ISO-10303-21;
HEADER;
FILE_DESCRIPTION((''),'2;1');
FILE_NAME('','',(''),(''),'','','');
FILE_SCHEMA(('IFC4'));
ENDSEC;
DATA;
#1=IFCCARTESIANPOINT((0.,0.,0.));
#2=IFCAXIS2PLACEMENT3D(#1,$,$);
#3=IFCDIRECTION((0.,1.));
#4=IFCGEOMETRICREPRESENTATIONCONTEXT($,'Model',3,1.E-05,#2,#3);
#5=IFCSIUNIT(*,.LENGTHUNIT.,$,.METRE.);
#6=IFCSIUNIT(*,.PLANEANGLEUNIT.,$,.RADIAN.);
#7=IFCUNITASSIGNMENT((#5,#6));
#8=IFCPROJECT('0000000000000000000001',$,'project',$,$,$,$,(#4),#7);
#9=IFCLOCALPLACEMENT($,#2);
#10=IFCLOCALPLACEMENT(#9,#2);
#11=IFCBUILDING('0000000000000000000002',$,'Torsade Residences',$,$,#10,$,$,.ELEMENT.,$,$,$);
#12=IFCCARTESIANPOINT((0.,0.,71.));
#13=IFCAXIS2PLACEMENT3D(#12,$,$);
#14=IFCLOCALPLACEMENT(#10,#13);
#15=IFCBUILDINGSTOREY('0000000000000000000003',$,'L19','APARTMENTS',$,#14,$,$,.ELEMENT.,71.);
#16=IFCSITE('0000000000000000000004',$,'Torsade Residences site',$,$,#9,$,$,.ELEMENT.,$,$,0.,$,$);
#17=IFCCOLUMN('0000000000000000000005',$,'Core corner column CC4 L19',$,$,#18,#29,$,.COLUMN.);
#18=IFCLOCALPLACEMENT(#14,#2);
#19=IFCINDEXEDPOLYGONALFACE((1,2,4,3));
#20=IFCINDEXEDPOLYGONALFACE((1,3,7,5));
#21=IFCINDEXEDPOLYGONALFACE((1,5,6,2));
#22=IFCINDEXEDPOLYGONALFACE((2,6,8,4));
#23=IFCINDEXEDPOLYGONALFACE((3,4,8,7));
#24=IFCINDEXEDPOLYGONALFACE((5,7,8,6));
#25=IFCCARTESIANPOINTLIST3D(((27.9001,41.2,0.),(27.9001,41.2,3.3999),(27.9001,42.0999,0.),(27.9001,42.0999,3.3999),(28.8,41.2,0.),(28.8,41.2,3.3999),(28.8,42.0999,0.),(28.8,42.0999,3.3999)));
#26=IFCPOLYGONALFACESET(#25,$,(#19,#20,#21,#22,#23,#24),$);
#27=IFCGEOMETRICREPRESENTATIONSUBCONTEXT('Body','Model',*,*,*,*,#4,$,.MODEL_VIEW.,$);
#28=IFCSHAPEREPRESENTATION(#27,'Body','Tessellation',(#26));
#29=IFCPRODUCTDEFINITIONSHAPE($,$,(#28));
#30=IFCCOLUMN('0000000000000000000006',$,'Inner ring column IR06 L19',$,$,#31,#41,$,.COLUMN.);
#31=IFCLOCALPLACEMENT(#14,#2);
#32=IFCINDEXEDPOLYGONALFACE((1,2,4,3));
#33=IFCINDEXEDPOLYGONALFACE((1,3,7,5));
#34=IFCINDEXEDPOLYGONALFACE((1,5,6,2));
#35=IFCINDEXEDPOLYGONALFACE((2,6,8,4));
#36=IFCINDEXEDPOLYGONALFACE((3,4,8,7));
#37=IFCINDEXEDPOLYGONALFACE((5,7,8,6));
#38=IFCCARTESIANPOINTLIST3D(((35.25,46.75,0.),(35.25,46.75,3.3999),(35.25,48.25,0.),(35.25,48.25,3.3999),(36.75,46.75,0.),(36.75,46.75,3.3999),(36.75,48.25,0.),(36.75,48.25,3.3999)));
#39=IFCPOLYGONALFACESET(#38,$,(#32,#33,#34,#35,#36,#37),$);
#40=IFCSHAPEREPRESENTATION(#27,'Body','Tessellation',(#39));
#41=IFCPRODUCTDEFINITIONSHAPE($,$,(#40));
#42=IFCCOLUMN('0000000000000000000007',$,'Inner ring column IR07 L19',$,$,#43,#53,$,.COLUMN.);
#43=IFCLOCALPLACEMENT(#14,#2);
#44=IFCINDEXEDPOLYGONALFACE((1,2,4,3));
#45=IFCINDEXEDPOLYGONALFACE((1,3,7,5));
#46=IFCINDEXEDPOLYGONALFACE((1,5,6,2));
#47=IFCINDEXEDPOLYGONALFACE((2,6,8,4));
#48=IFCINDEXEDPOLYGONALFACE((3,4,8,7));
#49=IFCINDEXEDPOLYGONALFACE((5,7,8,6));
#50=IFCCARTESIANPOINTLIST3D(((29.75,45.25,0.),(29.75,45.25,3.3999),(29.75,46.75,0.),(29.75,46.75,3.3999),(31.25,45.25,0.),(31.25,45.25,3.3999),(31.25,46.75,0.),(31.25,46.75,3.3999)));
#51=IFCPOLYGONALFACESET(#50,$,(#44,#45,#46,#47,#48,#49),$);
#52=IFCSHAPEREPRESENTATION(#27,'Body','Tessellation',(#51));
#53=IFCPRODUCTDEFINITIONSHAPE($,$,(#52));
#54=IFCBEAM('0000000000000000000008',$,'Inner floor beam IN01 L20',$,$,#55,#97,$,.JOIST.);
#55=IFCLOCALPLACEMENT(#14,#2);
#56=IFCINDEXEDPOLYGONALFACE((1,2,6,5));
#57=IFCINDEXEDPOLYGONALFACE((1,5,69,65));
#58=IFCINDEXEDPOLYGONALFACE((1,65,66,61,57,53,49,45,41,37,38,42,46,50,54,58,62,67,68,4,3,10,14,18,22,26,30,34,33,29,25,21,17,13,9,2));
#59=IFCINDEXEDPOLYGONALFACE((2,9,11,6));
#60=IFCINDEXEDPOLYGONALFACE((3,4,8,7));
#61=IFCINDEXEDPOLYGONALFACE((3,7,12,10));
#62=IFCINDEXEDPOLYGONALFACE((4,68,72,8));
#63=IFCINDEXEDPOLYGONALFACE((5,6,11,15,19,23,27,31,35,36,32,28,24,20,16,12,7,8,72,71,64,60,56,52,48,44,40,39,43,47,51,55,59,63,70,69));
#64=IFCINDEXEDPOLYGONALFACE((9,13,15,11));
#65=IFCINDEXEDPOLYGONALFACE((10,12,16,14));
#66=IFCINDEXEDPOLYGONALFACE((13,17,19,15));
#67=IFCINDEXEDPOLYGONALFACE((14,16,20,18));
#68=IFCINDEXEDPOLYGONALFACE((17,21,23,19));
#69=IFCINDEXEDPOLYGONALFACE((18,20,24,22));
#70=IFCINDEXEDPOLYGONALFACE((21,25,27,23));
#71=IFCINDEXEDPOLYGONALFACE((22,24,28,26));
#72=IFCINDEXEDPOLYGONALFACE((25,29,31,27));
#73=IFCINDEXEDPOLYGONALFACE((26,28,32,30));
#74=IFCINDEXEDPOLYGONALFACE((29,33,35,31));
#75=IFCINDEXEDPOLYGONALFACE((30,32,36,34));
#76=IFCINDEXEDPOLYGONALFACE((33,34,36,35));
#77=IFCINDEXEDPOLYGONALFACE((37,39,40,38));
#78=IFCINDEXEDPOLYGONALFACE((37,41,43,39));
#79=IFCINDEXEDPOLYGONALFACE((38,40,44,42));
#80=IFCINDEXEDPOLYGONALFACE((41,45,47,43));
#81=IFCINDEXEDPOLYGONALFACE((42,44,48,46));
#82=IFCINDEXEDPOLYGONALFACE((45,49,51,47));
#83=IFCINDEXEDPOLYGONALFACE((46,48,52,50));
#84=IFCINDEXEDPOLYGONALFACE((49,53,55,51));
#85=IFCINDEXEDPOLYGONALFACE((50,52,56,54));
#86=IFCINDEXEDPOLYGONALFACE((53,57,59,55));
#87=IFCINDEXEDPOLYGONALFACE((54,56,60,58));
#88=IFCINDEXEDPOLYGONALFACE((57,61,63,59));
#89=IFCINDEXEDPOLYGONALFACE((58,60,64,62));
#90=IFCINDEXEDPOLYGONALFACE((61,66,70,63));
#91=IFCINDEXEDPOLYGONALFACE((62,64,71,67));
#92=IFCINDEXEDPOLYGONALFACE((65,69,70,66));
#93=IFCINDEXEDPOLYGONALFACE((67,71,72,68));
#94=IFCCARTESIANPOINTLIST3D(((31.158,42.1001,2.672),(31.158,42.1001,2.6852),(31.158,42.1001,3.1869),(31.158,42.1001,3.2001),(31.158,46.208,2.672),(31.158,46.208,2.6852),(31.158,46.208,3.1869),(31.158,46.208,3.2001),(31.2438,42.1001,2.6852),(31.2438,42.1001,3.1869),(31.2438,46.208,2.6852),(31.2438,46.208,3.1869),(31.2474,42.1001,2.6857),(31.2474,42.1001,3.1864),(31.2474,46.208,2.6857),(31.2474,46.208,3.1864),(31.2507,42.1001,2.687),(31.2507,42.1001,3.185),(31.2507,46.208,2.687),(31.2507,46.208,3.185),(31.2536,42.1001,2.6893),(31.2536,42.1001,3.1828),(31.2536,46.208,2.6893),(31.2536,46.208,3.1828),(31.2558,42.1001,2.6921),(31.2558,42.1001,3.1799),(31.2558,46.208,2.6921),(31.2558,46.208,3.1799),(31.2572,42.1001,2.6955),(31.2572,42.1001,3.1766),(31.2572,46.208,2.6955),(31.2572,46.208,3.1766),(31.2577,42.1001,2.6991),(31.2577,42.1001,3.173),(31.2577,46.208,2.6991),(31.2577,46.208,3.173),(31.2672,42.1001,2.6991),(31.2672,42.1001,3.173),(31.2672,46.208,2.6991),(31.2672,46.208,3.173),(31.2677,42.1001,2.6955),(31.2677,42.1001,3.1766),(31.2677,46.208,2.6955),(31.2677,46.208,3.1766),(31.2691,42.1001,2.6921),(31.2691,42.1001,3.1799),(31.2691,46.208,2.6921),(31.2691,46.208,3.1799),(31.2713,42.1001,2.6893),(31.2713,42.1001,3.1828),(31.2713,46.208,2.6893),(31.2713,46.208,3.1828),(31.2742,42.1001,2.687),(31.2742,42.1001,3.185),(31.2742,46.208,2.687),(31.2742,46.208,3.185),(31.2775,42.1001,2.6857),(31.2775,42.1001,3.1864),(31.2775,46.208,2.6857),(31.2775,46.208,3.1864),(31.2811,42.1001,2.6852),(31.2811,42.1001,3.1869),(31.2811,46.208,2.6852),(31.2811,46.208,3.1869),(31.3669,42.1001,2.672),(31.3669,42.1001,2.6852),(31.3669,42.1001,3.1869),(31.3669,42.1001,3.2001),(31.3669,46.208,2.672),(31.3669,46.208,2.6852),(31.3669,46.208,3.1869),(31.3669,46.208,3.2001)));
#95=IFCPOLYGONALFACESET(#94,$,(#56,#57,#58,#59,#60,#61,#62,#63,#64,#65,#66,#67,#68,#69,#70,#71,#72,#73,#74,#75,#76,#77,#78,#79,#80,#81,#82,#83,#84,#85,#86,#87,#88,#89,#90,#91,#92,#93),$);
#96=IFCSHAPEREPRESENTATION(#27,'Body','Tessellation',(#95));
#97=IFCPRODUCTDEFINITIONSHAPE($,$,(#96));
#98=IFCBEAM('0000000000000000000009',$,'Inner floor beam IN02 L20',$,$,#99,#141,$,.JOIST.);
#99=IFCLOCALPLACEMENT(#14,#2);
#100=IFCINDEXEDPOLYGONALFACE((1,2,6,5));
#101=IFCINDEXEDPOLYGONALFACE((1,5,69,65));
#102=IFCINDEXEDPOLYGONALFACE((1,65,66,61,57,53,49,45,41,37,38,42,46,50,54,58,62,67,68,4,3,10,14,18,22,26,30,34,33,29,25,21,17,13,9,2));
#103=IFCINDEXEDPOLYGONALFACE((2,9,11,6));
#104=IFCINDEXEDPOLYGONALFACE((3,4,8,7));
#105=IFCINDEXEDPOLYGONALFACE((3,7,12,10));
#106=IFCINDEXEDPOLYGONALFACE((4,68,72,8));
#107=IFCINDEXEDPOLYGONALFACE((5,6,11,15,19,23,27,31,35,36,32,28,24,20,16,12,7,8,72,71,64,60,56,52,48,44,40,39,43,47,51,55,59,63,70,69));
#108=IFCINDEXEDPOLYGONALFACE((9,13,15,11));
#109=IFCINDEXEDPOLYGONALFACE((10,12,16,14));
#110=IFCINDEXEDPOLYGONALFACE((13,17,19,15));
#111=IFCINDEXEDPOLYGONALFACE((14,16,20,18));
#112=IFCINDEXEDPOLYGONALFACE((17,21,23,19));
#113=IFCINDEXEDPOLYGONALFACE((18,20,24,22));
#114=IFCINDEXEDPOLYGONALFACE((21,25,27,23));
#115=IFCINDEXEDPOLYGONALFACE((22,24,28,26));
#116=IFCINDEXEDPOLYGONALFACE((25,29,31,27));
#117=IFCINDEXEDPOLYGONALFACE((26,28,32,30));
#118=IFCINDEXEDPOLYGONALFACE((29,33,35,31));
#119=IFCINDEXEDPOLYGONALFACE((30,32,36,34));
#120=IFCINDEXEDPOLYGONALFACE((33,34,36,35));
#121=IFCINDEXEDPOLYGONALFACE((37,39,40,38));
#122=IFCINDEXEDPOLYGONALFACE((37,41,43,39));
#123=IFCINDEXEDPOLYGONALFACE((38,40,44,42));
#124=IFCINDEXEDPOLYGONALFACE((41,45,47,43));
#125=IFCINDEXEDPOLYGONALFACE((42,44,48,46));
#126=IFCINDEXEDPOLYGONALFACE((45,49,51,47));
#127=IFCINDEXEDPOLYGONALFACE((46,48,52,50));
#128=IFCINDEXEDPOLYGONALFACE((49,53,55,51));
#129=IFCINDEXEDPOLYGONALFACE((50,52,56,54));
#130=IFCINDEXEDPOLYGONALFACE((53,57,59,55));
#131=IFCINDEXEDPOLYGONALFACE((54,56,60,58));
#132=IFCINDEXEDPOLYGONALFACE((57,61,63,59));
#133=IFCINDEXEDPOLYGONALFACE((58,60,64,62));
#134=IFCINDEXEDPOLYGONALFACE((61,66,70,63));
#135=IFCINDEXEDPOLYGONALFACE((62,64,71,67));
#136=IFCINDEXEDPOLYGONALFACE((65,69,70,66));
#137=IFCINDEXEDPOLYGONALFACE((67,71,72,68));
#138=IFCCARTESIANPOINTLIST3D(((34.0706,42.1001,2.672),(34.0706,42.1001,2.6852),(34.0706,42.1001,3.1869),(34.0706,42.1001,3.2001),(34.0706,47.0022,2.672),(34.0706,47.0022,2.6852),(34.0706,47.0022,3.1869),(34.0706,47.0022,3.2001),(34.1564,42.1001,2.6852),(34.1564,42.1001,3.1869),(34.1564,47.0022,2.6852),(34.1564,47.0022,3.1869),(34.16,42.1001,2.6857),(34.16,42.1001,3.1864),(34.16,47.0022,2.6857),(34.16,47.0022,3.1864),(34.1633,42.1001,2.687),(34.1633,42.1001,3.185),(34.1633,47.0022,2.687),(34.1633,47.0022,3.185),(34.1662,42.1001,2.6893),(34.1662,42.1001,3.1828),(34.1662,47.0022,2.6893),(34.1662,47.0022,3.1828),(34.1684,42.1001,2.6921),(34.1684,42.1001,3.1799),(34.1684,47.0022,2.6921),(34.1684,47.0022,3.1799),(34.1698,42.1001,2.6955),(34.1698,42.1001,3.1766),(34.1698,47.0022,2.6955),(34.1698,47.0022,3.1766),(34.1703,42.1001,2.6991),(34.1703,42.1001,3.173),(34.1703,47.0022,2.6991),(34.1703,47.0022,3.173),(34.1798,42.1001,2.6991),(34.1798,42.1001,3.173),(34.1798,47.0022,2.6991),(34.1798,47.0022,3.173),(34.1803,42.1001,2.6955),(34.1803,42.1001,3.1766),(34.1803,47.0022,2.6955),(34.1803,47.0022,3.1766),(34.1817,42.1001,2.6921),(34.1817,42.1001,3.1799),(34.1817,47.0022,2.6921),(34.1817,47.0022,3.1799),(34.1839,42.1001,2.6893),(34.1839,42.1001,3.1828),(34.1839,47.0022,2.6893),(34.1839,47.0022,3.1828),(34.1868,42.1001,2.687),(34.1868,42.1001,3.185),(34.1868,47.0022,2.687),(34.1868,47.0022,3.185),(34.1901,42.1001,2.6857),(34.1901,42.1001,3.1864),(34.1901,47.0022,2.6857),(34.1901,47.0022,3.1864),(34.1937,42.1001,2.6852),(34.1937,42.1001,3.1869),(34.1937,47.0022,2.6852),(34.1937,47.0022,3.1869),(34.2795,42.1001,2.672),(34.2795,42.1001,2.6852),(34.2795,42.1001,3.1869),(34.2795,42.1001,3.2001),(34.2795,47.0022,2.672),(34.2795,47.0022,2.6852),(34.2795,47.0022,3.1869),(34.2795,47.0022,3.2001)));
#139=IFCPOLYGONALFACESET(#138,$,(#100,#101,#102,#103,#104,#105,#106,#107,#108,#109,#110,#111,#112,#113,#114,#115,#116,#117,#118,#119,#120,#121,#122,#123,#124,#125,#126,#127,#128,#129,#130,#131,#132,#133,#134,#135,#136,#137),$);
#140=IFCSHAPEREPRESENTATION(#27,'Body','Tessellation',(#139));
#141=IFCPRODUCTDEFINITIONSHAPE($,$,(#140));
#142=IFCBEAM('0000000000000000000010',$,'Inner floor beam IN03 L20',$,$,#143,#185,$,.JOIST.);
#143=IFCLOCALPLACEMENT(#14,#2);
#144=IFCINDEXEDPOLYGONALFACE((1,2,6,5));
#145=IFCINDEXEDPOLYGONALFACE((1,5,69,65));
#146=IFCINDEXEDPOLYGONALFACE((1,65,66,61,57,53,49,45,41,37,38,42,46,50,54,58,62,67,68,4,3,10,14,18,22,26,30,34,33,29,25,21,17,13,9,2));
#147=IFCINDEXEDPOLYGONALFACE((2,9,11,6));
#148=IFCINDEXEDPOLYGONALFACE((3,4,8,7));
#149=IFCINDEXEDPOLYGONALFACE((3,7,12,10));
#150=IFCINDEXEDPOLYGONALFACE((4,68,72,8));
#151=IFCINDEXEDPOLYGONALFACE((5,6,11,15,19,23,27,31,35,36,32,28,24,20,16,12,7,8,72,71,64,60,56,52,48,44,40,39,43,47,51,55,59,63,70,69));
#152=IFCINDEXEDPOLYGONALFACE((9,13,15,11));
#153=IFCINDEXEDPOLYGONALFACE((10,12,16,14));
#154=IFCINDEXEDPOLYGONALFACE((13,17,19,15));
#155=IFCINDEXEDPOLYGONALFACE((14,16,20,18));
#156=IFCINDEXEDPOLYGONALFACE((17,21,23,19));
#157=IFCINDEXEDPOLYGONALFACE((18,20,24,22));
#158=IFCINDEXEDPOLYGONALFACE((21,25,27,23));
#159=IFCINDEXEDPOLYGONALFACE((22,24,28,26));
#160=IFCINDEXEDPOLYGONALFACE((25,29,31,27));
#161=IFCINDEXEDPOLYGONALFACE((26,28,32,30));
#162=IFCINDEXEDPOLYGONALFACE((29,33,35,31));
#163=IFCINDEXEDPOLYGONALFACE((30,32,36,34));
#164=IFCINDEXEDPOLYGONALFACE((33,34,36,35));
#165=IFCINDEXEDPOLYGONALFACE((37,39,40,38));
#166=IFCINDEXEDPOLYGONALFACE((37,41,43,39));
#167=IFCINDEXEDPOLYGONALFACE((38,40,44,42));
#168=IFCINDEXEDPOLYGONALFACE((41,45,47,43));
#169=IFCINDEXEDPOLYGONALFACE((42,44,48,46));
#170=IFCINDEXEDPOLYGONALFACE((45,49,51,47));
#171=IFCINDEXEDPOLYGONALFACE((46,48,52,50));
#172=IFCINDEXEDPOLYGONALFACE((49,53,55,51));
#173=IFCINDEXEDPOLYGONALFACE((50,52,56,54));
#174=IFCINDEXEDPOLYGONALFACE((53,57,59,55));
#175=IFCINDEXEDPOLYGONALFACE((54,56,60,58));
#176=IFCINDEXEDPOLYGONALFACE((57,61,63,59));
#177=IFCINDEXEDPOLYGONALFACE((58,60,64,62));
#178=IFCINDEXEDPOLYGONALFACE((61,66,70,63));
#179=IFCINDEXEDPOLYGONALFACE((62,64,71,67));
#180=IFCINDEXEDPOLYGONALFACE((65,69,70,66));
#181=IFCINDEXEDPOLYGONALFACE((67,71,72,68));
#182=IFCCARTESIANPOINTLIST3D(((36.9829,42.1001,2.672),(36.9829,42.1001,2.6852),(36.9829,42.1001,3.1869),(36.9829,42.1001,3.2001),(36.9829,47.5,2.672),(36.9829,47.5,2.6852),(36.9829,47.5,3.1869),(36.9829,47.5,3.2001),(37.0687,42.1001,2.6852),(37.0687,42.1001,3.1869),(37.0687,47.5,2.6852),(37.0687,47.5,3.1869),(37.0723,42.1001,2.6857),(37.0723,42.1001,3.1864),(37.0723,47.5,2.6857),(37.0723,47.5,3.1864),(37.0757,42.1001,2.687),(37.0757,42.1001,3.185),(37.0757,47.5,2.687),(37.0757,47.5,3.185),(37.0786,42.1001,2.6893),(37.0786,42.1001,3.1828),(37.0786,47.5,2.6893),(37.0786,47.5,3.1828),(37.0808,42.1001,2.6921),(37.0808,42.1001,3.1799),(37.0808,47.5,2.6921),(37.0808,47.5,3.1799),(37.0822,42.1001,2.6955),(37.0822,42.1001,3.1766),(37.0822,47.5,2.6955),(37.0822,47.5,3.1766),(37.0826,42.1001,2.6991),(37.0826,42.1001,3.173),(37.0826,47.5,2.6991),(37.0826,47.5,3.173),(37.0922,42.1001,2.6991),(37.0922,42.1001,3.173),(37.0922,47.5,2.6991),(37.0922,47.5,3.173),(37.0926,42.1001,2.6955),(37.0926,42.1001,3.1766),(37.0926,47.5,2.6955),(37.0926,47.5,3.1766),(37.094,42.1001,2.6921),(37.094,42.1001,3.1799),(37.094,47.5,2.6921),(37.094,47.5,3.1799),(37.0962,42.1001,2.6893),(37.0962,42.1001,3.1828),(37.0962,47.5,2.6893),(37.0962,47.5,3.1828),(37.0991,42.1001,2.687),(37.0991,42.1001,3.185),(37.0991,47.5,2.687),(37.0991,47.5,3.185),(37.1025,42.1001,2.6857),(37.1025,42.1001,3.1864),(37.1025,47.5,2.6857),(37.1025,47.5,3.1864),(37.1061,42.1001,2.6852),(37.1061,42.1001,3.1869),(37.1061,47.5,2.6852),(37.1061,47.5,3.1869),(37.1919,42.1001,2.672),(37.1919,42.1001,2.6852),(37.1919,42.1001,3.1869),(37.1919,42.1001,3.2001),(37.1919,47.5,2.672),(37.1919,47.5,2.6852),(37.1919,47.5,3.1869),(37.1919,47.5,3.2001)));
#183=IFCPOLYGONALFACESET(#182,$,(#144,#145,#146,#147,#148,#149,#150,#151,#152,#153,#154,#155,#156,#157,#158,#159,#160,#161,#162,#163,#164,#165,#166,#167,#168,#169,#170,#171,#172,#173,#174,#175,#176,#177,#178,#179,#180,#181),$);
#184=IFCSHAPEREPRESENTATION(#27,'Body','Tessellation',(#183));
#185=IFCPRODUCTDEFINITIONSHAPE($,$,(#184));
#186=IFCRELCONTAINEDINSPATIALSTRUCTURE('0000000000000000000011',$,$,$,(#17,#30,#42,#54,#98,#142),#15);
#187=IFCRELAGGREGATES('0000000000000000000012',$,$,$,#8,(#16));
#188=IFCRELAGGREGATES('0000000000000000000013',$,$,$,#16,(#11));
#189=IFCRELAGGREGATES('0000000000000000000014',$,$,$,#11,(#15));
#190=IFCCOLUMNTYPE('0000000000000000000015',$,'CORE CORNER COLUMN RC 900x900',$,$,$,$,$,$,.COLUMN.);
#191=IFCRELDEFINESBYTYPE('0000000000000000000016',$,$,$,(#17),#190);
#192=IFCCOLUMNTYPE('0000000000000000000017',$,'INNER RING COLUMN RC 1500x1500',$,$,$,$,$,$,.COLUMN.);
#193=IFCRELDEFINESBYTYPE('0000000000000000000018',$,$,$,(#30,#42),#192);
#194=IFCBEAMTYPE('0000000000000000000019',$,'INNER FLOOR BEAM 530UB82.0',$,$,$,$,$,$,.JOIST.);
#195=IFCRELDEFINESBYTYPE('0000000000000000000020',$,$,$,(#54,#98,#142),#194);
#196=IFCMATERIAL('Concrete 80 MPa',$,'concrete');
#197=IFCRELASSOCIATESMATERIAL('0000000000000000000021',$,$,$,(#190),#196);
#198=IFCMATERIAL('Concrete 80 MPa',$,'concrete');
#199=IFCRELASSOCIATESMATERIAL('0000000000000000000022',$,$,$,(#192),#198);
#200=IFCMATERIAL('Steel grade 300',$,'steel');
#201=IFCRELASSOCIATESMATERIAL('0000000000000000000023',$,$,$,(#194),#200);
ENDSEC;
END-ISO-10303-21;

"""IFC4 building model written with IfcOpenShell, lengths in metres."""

from ifc_helpers import new_model, si_unit, direction, frame, origin, origin_2d, place, context, subcontext, project, spatial, rectangle, i_section, extrude, material, material_profile, profile_set, type_object, element, save


model = new_model("IFC4")

# Units and contexts
model_context = context("Model", 3, precision=1e-05, world=origin(), true_north=direction((0.0, 1.0)))
body_context = subcontext(model_context, "Body", "Model", "MODEL_VIEW")
ifc_project = project(units=[si_unit("LENGTHUNIT", "METRE"), si_unit("PLANEANGLEUNIT", "RADIAN")], contexts=[model_context])

# Site, building, storey
site_placement = place(None, origin())
site = spatial("IfcSite", under=ifc_project, at=site_placement, Name="Torsade Residences site", CompositionType="ELEMENT", RefElevation=0.0)
building_placement = place(site_placement, origin())
building = spatial("IfcBuilding", under=site, at=building_placement, Name="Torsade Residences", CompositionType="ELEMENT")
storey_placement = place(building_placement, frame((0.0, 0.0, 71.0)))
storey = spatial("IfcBuildingStorey", under=building, at=storey_placement, Name="L19", Description="APARTMENTS", CompositionType="ELEMENT", Elevation=71.0)

# Columns
ifc_material_1 = material(Name="Concrete 80 MPa", Category="concrete")
ifc_material_profile_1 = material_profile(ifc_material_1, rectangle(XDim=0.8999, YDim=0.8999, at=origin_2d()), Name="RC 900x900")
ifc_profile_set_1 = profile_set([ifc_material_profile_1], Name="Concrete 80 MPa")
column_type_1 = type_object("IfcColumnType", Name="CORE CORNER COLUMN RC 900x900", PredefinedType="COLUMN", material=ifc_profile_set_1)
column_placement = place(storey_placement, frame((28.3501, 41.6499, 0.0), z_axis=(0.0, 0.0, 1.0), x_axis=(1.0, 0.0, 0.0)))
element("IfcColumn", 1, at=column_placement, inside=storey, type_object=column_type_1, Name="Core corner column CC4 L19", PredefinedType="COLUMN", context=body_context, shape_type="SweptSolid", body=[
    extrude(rectangle(XDim=0.8999, YDim=0.8999, at=origin_2d()), origin(), (0.0, 0.0, 1.0), 3.3999),
])
ifc_material_2 = material(Name="Concrete 80 MPa", Category="concrete")
ifc_material_profile_2 = material_profile(ifc_material_2, rectangle(XDim=1.5, YDim=1.5, at=origin_2d()), Name="RC 1500x1500")
ifc_profile_set_2 = profile_set([ifc_material_profile_2], Name="Concrete 80 MPa")
column_type_2 = type_object("IfcColumnType", Name="INNER RING COLUMN RC 1500x1500", PredefinedType="COLUMN", material=ifc_profile_set_2)
for number, where, z_axis, x_axis, name in (
    (2, (36.0, 47.5, 0.0), (0.0, 0.0, 1.0), (1.0, 0.0, 0.0), "Inner ring column IR06 L19"),
    (3, (30.5, 46.0, 0.0), (0.0, 0.0, 1.0), (1.0, 0.0, 0.0), "Inner ring column IR07 L19"),
):
    element("IfcColumn", number, at=place(storey_placement, frame(where, z_axis=z_axis, x_axis=x_axis)), inside=storey, type_object=column_type_2, Name=name, PredefinedType="COLUMN", context=body_context, shape_type="SweptSolid", body=[
        extrude(rectangle(XDim=1.5, YDim=1.5, at=origin_2d()), origin(), (0.0, 0.0, 1.0), 3.3999),
    ])

# Beams
ifc_material_3 = material(Name="Steel grade 300", Category="steel")
ifc_material_profile_3 = material_profile(ifc_material_3, i_section(OverallWidth=0.209, OverallDepth=0.5281, WebThickness=0.0095, FlangeThickness=0.0132, FilletRadius=0.0139, at=origin_2d()), Name="530UB82.0")
ifc_profile_set_3 = profile_set([ifc_material_profile_3], Name="Steel grade 300")
beam_type_1 = type_object("IfcBeamType", Name="INNER FLOOR BEAM 530UB82.0", PredefinedType="JOIST", material=ifc_profile_set_3)
beam_1_placement = place(storey_placement, frame((31.2625, 42.1001, 2.936), z_axis=(0.0, 1.0, 0.0), x_axis=(-1.0, 0.0, 0.0)))
element("IfcBeam", 4, at=beam_1_placement, inside=storey, type_object=beam_type_1, Name="Inner floor beam IN01 L20", PredefinedType="JOIST", context=body_context, shape_type="SweptSolid", body=[
    extrude(i_section(OverallWidth=0.209, OverallDepth=0.5281, WebThickness=0.0095, FlangeThickness=0.0132, FilletRadius=0.0139, at=origin_2d()), origin(), (0.0, 0.0, 1.0), 4.1079),
])
beam_2_placement = place(storey_placement, frame((34.175, 42.1001, 2.936), z_axis=(0.0, 1.0, 0.0), x_axis=(-1.0, 0.0, 0.0)))
element("IfcBeam", 5, at=beam_2_placement, inside=storey, type_object=beam_type_1, Name="Inner floor beam IN02 L20", PredefinedType="JOIST", context=body_context, shape_type="SweptSolid", body=[
    extrude(i_section(OverallWidth=0.209, OverallDepth=0.5281, WebThickness=0.0095, FlangeThickness=0.0132, FilletRadius=0.0139, at=origin_2d()), origin(), (0.0, 0.0, 1.0), 4.9021),
])
beam_3_placement = place(storey_placement, frame((37.0874, 42.1001, 2.936), z_axis=(0.0, 1.0, 0.0), x_axis=(-1.0, 0.0, 0.0)))
element("IfcBeam", 6, at=beam_3_placement, inside=storey, type_object=beam_type_1, Name="Inner floor beam IN03 L20", PredefinedType="JOIST", context=body_context, shape_type="SweptSolid", body=[
    extrude(i_section(OverallWidth=0.209, OverallDepth=0.5281, WebThickness=0.0095, FlangeThickness=0.0132, FilletRadius=0.0139, at=origin_2d()), origin(), (0.0, 0.0, 1.0), 5.3999),
])

save(model, "model.ifc")
